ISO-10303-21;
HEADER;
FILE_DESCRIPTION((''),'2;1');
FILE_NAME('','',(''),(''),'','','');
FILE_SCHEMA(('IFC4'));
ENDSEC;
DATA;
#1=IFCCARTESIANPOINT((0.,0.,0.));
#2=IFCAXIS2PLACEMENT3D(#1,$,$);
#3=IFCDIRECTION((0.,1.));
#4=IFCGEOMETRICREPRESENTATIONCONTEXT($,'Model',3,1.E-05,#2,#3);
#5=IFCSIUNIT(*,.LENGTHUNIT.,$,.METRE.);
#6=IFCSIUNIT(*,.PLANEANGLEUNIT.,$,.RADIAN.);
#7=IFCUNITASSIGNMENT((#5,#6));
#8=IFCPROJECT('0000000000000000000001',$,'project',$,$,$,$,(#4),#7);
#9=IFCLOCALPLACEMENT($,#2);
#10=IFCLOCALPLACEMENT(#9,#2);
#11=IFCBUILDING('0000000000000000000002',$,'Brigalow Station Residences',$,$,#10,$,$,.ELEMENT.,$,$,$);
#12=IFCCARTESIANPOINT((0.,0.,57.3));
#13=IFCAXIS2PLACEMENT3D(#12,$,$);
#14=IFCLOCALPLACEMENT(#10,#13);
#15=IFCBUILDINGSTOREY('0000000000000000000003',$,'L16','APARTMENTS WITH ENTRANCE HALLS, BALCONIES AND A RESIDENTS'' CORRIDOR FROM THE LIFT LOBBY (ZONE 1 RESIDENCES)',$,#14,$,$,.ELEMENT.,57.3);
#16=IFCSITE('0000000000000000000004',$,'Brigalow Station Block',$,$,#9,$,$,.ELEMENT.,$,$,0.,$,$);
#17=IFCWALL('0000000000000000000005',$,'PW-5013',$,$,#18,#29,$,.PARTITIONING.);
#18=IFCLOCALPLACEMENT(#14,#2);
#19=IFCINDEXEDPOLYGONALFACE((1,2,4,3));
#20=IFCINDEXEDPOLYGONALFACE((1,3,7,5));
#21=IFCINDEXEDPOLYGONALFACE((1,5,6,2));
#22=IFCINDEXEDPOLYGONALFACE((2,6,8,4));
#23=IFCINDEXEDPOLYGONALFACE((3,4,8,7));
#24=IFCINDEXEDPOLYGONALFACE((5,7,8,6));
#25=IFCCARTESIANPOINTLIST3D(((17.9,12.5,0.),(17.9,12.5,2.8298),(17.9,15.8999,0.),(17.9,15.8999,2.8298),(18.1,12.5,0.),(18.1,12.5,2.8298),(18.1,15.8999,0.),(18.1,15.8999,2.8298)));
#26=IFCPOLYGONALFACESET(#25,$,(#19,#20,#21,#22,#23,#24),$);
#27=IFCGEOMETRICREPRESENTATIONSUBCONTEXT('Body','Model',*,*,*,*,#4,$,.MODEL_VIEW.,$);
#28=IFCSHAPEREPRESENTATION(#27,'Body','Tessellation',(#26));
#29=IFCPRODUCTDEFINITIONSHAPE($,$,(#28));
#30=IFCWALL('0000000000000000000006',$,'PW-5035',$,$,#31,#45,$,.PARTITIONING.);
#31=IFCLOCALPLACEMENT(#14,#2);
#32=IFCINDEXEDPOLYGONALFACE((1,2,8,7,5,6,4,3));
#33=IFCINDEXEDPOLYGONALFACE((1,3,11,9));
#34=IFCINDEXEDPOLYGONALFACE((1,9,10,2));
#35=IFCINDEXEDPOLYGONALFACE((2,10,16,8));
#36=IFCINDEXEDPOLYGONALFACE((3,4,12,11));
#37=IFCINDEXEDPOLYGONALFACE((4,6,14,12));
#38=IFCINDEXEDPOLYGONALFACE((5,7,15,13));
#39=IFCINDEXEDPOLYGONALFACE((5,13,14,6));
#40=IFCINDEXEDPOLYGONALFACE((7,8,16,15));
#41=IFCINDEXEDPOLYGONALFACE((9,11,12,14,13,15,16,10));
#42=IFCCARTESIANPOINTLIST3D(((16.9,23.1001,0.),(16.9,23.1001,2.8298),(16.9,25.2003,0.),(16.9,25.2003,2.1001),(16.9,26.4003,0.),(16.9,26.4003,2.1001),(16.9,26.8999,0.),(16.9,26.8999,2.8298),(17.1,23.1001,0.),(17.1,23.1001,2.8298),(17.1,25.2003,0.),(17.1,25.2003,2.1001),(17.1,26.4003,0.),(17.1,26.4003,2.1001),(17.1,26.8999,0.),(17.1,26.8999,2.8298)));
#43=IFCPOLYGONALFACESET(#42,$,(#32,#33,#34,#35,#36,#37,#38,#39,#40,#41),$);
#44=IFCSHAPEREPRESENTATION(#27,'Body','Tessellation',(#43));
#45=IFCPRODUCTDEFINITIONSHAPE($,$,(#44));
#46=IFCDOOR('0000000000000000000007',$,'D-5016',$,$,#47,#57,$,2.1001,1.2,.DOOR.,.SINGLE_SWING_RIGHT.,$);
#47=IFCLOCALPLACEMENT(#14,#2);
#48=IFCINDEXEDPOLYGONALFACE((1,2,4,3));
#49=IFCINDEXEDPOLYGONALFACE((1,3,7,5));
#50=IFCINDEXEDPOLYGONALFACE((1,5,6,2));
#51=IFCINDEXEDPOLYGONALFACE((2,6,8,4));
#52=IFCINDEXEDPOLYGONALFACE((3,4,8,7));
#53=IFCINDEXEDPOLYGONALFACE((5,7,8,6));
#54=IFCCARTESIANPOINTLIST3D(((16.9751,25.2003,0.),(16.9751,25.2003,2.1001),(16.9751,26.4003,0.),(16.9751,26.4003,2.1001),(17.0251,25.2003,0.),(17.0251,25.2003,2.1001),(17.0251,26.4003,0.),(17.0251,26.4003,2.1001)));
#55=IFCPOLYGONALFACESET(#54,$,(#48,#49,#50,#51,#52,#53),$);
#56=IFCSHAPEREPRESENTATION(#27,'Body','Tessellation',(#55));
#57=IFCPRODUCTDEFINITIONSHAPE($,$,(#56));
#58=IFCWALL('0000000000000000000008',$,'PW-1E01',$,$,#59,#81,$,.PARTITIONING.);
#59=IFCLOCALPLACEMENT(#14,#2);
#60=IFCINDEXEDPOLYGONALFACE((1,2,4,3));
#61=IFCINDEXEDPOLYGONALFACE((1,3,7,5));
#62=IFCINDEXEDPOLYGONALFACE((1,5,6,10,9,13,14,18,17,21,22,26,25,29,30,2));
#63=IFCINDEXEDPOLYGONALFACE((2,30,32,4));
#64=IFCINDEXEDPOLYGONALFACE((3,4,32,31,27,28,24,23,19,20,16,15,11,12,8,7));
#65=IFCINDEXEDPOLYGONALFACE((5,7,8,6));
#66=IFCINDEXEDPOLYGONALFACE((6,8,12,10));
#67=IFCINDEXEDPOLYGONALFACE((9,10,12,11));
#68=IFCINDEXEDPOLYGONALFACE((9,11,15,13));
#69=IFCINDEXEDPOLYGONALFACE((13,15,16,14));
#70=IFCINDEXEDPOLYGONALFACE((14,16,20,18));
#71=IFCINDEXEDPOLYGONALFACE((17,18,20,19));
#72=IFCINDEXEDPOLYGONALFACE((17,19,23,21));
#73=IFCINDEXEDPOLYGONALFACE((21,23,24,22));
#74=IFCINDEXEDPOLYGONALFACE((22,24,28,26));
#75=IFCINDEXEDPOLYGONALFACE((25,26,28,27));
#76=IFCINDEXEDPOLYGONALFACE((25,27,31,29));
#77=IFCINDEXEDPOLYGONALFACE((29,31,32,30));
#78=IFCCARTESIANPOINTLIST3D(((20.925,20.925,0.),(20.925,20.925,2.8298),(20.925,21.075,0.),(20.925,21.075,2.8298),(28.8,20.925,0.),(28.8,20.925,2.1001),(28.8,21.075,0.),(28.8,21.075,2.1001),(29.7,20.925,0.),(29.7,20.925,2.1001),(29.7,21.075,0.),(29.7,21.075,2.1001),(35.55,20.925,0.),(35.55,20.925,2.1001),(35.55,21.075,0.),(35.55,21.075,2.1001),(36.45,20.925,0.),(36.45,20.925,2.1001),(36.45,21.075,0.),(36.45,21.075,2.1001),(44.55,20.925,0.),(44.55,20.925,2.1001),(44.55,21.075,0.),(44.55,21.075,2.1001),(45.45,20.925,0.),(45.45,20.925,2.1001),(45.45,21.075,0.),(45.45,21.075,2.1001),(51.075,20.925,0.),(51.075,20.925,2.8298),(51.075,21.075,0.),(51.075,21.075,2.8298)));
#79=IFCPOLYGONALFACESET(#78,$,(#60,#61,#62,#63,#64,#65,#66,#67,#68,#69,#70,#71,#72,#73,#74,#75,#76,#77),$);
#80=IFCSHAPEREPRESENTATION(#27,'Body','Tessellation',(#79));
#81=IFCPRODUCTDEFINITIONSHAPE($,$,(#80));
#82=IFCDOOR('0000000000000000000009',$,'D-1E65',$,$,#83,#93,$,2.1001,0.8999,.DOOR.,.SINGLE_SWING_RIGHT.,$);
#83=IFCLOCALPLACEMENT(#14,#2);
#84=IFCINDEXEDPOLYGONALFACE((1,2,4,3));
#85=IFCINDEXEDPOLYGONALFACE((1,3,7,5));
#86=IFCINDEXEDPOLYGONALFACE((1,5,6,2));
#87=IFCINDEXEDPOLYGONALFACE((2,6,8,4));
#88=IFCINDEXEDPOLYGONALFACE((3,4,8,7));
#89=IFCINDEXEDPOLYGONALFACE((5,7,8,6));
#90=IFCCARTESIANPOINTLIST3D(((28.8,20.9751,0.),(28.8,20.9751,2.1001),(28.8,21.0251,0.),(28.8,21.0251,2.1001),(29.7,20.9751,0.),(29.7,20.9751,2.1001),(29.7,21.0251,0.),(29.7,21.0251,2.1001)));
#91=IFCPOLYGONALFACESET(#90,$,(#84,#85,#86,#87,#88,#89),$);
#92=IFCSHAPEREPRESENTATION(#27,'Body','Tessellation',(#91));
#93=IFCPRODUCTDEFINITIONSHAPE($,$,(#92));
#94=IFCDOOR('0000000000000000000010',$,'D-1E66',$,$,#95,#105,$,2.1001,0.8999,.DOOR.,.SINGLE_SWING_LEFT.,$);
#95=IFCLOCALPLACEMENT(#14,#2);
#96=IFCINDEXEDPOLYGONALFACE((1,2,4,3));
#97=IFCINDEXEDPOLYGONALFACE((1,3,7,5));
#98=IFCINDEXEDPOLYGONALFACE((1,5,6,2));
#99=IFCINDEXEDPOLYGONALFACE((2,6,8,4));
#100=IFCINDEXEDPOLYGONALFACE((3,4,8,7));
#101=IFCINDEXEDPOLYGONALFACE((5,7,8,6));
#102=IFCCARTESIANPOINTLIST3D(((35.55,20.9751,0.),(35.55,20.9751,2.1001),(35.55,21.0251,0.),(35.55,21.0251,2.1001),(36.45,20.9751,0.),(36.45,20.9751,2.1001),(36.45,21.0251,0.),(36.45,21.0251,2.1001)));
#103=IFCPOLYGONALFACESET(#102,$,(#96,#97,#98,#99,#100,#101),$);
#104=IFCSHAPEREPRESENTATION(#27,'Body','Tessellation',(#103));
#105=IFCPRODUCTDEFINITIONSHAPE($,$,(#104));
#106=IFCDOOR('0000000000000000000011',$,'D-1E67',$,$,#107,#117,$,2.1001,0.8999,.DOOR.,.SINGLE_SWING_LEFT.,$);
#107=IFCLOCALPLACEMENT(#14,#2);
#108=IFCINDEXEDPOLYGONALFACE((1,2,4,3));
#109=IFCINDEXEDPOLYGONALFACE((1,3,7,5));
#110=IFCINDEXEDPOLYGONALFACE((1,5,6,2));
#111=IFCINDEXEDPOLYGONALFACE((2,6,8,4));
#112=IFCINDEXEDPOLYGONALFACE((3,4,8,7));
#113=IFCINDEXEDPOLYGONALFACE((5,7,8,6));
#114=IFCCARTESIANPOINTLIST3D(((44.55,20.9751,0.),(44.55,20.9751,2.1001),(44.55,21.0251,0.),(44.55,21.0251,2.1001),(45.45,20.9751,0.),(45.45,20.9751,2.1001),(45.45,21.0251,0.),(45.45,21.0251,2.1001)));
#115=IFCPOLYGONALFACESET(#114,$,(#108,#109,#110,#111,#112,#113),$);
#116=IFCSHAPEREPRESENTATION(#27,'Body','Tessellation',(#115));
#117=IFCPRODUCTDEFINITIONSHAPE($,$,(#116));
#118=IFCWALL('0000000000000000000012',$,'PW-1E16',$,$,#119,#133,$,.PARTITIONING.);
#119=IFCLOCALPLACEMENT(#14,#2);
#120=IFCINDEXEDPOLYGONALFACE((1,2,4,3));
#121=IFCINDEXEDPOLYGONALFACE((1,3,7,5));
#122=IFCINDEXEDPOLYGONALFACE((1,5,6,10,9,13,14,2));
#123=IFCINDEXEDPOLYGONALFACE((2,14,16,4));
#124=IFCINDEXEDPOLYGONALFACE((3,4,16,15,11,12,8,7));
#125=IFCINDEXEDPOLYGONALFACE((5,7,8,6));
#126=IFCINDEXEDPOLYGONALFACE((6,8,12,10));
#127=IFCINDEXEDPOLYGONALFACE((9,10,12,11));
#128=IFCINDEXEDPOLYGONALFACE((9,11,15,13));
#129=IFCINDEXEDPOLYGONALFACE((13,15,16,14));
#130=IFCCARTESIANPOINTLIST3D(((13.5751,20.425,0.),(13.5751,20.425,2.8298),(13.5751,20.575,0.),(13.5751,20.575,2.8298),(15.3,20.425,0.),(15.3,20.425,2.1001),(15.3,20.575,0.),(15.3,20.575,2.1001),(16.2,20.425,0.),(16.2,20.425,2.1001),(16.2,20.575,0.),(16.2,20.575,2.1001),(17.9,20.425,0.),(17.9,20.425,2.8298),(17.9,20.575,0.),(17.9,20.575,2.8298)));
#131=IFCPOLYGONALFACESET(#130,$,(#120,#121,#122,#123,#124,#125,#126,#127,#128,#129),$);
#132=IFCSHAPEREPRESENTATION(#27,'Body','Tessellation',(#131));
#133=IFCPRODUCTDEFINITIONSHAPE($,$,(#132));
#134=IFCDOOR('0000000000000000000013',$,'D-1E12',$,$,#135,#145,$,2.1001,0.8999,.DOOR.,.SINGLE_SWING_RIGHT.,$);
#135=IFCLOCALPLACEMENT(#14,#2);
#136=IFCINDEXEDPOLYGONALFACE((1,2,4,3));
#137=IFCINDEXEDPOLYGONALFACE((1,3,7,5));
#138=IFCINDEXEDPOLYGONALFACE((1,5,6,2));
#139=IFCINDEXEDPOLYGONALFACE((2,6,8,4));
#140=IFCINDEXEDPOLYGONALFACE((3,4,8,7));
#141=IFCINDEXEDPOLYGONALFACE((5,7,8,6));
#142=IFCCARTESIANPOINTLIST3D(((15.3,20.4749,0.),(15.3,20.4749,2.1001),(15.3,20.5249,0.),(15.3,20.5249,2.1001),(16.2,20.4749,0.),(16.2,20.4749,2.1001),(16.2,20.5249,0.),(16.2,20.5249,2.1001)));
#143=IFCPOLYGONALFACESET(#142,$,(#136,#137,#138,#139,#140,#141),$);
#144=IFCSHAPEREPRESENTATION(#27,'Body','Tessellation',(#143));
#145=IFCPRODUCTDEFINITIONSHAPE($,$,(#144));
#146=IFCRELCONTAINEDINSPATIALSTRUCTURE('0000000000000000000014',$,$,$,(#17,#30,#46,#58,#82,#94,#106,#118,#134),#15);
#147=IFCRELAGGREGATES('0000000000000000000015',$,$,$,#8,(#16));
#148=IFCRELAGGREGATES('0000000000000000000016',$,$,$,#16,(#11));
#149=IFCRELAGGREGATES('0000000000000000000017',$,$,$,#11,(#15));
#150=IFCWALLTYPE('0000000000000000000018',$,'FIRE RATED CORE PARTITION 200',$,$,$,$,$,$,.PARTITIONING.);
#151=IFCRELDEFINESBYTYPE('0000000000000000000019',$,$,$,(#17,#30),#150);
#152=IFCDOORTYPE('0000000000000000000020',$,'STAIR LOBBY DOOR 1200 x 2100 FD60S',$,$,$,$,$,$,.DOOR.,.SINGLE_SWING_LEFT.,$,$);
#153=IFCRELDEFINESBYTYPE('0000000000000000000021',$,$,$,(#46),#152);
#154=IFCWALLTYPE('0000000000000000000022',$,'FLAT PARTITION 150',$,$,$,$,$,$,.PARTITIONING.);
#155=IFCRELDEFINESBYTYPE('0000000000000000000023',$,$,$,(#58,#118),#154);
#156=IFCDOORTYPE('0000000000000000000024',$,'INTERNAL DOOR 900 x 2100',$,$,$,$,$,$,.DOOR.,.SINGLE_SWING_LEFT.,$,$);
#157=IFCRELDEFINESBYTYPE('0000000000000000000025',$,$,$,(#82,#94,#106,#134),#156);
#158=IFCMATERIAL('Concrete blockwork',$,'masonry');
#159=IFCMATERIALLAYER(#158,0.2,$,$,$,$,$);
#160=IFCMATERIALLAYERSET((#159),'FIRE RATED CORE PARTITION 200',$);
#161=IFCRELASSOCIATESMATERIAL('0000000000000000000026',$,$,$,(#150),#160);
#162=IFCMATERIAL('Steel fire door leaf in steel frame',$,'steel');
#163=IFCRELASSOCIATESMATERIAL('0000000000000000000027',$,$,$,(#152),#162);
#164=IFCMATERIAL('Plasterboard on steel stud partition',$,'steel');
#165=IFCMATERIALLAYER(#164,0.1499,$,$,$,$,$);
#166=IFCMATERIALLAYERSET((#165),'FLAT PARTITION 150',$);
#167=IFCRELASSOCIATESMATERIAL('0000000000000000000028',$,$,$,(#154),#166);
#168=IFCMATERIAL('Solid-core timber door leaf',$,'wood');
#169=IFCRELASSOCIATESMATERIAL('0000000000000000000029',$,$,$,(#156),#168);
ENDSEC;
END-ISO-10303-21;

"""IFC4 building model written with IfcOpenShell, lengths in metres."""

from ifc_helpers import new_model, si_unit, direction, frame, frame_2d, origin, place, context, subcontext, project, spatial, rectangle, extrude, material, layer, layer_set, type_object, element, fill, save


model = new_model("IFC4")

# Units and contexts
model_context = context("Model", 3, precision=1e-05, world=origin(), true_north=direction((0.0, 1.0)))
body_context = subcontext(model_context, "Body", "Model", "MODEL_VIEW")
ifc_project = project(units=[si_unit("LENGTHUNIT", "METRE"), si_unit("PLANEANGLEUNIT", "RADIAN")], contexts=[model_context])

# Site, building, storey
site_placement = place(None, origin())
site = spatial("IfcSite", under=ifc_project, at=site_placement, Name="Brigalow Station Block", CompositionType="ELEMENT", RefElevation=0.0)
building_placement = place(site_placement, origin())
building = spatial("IfcBuilding", under=site, at=building_placement, Name="Brigalow Station Residences", CompositionType="ELEMENT")
storey_placement = place(building_placement, frame((0.0, 0.0, 57.3)))
storey = spatial("IfcBuildingStorey", under=building, at=storey_placement, Name="L16", Description="APARTMENTS WITH ENTRANCE HALLS, BALCONIES AND A RESIDENTS' CORRIDOR FROM THE LIFT LOBBY (ZONE 1 RESIDENCES)", CompositionType="ELEMENT", Elevation=57.3)

# Wall
ifc_material_1 = material(Name="Concrete blockwork", Category="masonry")
ifc_layer_1 = layer(ifc_material_1, 0.2)
ifc_layer_set_1 = layer_set([ifc_layer_1], Name="FIRE RATED CORE PARTITION 200")
wall_type_1 = type_object("IfcWallType", Name="FIRE RATED CORE PARTITION 200", PredefinedType="PARTITIONING", material=ifc_layer_set_1)
wall_1_placement = place(storey_placement, frame((18.0, 12.5, 0.0), z_axis=(0.0, 0.0, 1.0), x_axis=(0.0, 1.0, 0.0)))
element("IfcWall", 1, at=wall_1_placement, inside=storey, type_object=wall_type_1, Name="PW-5013", PredefinedType="PARTITIONING", context=body_context, shape_type="SweptSolid", body=[
    extrude(rectangle(XDim=3.3999, YDim=0.2, at=frame_2d((1.7, 0.0))), origin(), (0.0, 0.0, 1.0), 2.8298),
])

# Wall, opening, door
wall_2_placement = place(storey_placement, frame((17.0, 23.1001, 0.0), z_axis=(0.0, 0.0, 1.0), x_axis=(0.0, 1.0, 0.0)))
wall_2 = element("IfcWall", 2, at=wall_2_placement, inside=storey, type_object=wall_type_1, Name="PW-5035", PredefinedType="PARTITIONING", context=body_context, shape_type="SweptSolid", body=[
    extrude(rectangle(XDim=3.7998, YDim=0.2, at=frame_2d((1.8999, 0.0))), origin(), (0.0, 0.0, 1.0), 2.8298),
])
opening_1_placement = place(wall_2_placement, frame((2.1001, 0.0, 0.0)))
opening_1 = element("IfcOpeningElement", 3, at=opening_1_placement, cuts=wall_2, PredefinedType="OPENING", context=body_context, shape_type="SweptSolid", body=[
    extrude(rectangle(XDim=1.2, YDim=2.1001, at=frame_2d((0.6001, 1.05))), frame((0.0, 0.1099, 0.0), z_axis=(0.0, -1.0, 0.0), x_axis=(1.0, 0.0, 0.0)), (0.0, 0.0, 1.0), 0.22),
])
ifc_material_2 = material(Name="Steel fire door leaf in steel frame", Category="steel")
door_type_1 = type_object("IfcDoorType", Name="STAIR LOBBY DOOR 1200 x 2100 FD60S", OperationType="SINGLE_SWING_LEFT", PredefinedType="DOOR", material=ifc_material_2)
door_1_placement = place(opening_1_placement, origin())
door_1 = element("IfcDoor", 4, at=door_1_placement, inside=storey, type_object=door_type_1, Name="D-5016", OperationType="SINGLE_SWING_RIGHT", OverallHeight=2.1001, OverallWidth=1.2, PredefinedType="DOOR", context=body_context, shape_type="SweptSolid", body=[
    extrude(rectangle(XDim=1.2, YDim=2.1001, at=frame_2d((0.6001, 1.05))), frame((0.0, 0.0249, 0.0), z_axis=(0.0, -1.0, 0.0), x_axis=(1.0, 0.0, 0.0)), (0.0, 0.0, 1.0), 0.05),
])
fill(opening_1, door_1)

# Wall, openings, doors
ifc_material_3 = material(Name="Plasterboard on steel stud partition", Category="steel")
ifc_layer_2 = layer(ifc_material_3, 0.1499)
ifc_layer_set_2 = layer_set([ifc_layer_2], Name="FLAT PARTITION 150")
wall_type_2 = type_object("IfcWallType", Name="FLAT PARTITION 150", PredefinedType="PARTITIONING", material=ifc_layer_set_2)
wall_3_placement = place(storey_placement, frame((20.925, 21.0, 0.0), z_axis=(0.0, 0.0, 1.0), x_axis=(1.0, 0.0, 0.0)))
wall_3 = element("IfcWall", 5, at=wall_3_placement, inside=storey, type_object=wall_type_2, Name="PW-1E01", PredefinedType="PARTITIONING", context=body_context, shape_type="SweptSolid", body=[
    extrude(rectangle(XDim=30.1499, YDim=0.1499, at=frame_2d((15.075, 0.0))), origin(), (0.0, 0.0, 1.0), 2.8298),
])
opening_2_placement = place(wall_3_placement, frame((7.875, 0.0, 0.0)))
opening_2 = element("IfcOpeningElement", 6, at=opening_2_placement, cuts=wall_3, PredefinedType="OPENING", context=body_context, shape_type="SweptSolid", body=[
    extrude(rectangle(XDim=0.8999, YDim=2.1001, at=frame_2d((0.45, 1.05))), frame((0.0, 0.085, 0.0), z_axis=(0.0, -1.0, 0.0), x_axis=(1.0, 0.0, 0.0)), (0.0, 0.0, 1.0), 0.1699),
])
opening_3_placement = place(wall_3_placement, frame((14.625, 0.0, 0.0)))
opening_3 = element("IfcOpeningElement", 7, at=opening_3_placement, cuts=wall_3, PredefinedType="OPENING", context=body_context, shape_type="SweptSolid", body=[
    extrude(rectangle(XDim=0.8999, YDim=2.1001, at=frame_2d((0.45, 1.05))), frame((0.0, 0.085, 0.0), z_axis=(0.0, -1.0, 0.0), x_axis=(1.0, 0.0, 0.0)), (0.0, 0.0, 1.0), 0.1699),
])
opening_4_placement = place(wall_3_placement, frame((23.625, 0.0, 0.0)))
opening_4 = element("IfcOpeningElement", 8, at=opening_4_placement, cuts=wall_3, PredefinedType="OPENING", context=body_context, shape_type="SweptSolid", body=[
    extrude(rectangle(XDim=0.8999, YDim=2.1001, at=frame_2d((0.45, 1.05))), frame((0.0, 0.085, 0.0), z_axis=(0.0, -1.0, 0.0), x_axis=(1.0, 0.0, 0.0)), (0.0, 0.0, 1.0), 0.1699),
])
ifc_material_4 = material(Name="Solid-core timber door leaf", Category="wood")
door_type_2 = type_object("IfcDoorType", Name="INTERNAL DOOR 900 x 2100", OperationType="SINGLE_SWING_LEFT", PredefinedType="DOOR", material=ifc_material_4)
door_2_placement = place(opening_2_placement, frame((0.8999, 0.0, 0.0), z_axis=(0.0, 0.0, 1.0), x_axis=(-1.0, 0.0, 0.0)))
door_2 = element("IfcDoor", 9, at=door_2_placement, inside=storey, type_object=door_type_2, Name="D-1E65", OperationType="SINGLE_SWING_RIGHT", OverallHeight=2.1001, OverallWidth=0.8999, PredefinedType="DOOR", context=body_context, shape_type="SweptSolid", body=[
    extrude(rectangle(XDim=0.8999, YDim=2.1001, at=frame_2d((0.45, 1.05))), frame((0.0, 0.0249, 0.0), z_axis=(0.0, -1.0, 0.0), x_axis=(1.0, 0.0, 0.0)), (0.0, 0.0, 1.0), 0.05),
])
fill(opening_2, door_2)
door_3_placement = place(opening_3_placement, frame((0.8999, 0.0, 0.0), z_axis=(0.0, 0.0, 1.0), x_axis=(-1.0, 0.0, 0.0)))
door_3 = element("IfcDoor", 10, at=door_3_placement, inside=storey, type_object=door_type_2, Name="D-1E66", OperationType="SINGLE_SWING_LEFT", OverallHeight=2.1001, OverallWidth=0.8999, PredefinedType="DOOR", context=body_context, shape_type="SweptSolid", body=[
    extrude(rectangle(XDim=0.8999, YDim=2.1001, at=frame_2d((0.45, 1.05))), frame((0.0, 0.0249, 0.0), z_axis=(0.0, -1.0, 0.0), x_axis=(1.0, 0.0, 0.0)), (0.0, 0.0, 1.0), 0.05),
])
fill(opening_3, door_3)
door_4_placement = place(opening_4_placement, frame((0.8999, 0.0, 0.0), z_axis=(0.0, 0.0, 1.0), x_axis=(-1.0, 0.0, 0.0)))
door_4 = element("IfcDoor", 11, at=door_4_placement, inside=storey, type_object=door_type_2, Name="D-1E67", OperationType="SINGLE_SWING_LEFT", OverallHeight=2.1001, OverallWidth=0.8999, PredefinedType="DOOR", context=body_context, shape_type="SweptSolid", body=[
    extrude(rectangle(XDim=0.8999, YDim=2.1001, at=frame_2d((0.45, 1.05))), frame((0.0, 0.0249, 0.0), z_axis=(0.0, -1.0, 0.0), x_axis=(1.0, 0.0, 0.0)), (0.0, 0.0, 1.0), 0.05),
])
fill(opening_4, door_4)

# Wall, opening, door
wall_4_placement = place(storey_placement, frame((13.575, 20.5, 0.0), z_axis=(0.0, 0.0, 1.0), x_axis=(1.0, 0.0, 0.0)))
wall_4 = element("IfcWall", 12, at=wall_4_placement, inside=storey, type_object=wall_type_2, Name="PW-1E16", PredefinedType="PARTITIONING", context=body_context, shape_type="SweptSolid", body=[
    extrude(rectangle(XDim=4.325, YDim=0.1499, at=frame_2d((2.1626, 0.0))), origin(), (0.0, 0.0, 1.0), 2.8298),
])
opening_5_placement = place(wall_4_placement, frame((1.7251, 0.0, 0.0)))
opening_5 = element("IfcOpeningElement", 13, at=opening_5_placement, cuts=wall_4, PredefinedType="OPENING", context=body_context, shape_type="SweptSolid", body=[
    extrude(rectangle(XDim=0.8999, YDim=2.1001, at=frame_2d((0.45, 1.05))), frame((0.0, 0.085, 0.0), z_axis=(0.0, -1.0, 0.0), x_axis=(1.0, 0.0, 0.0)), (0.0, 0.0, 1.0), 0.1699),
])
door_5_placement = place(opening_5_placement, origin())
door_5 = element("IfcDoor", 14, at=door_5_placement, inside=storey, type_object=door_type_2, Name="D-1E12", OperationType="SINGLE_SWING_RIGHT", OverallHeight=2.1001, OverallWidth=0.8999, PredefinedType="DOOR", context=body_context, shape_type="SweptSolid", body=[
    extrude(rectangle(XDim=0.8999, YDim=2.1001, at=frame_2d((0.45, 1.05))), frame((0.0, 0.0249, 0.0), z_axis=(0.0, -1.0, 0.0), x_axis=(1.0, 0.0, 0.0)), (0.0, 0.0, 1.0), 0.05),
])
fill(opening_5, door_5)

save(model, "model.ifc")
